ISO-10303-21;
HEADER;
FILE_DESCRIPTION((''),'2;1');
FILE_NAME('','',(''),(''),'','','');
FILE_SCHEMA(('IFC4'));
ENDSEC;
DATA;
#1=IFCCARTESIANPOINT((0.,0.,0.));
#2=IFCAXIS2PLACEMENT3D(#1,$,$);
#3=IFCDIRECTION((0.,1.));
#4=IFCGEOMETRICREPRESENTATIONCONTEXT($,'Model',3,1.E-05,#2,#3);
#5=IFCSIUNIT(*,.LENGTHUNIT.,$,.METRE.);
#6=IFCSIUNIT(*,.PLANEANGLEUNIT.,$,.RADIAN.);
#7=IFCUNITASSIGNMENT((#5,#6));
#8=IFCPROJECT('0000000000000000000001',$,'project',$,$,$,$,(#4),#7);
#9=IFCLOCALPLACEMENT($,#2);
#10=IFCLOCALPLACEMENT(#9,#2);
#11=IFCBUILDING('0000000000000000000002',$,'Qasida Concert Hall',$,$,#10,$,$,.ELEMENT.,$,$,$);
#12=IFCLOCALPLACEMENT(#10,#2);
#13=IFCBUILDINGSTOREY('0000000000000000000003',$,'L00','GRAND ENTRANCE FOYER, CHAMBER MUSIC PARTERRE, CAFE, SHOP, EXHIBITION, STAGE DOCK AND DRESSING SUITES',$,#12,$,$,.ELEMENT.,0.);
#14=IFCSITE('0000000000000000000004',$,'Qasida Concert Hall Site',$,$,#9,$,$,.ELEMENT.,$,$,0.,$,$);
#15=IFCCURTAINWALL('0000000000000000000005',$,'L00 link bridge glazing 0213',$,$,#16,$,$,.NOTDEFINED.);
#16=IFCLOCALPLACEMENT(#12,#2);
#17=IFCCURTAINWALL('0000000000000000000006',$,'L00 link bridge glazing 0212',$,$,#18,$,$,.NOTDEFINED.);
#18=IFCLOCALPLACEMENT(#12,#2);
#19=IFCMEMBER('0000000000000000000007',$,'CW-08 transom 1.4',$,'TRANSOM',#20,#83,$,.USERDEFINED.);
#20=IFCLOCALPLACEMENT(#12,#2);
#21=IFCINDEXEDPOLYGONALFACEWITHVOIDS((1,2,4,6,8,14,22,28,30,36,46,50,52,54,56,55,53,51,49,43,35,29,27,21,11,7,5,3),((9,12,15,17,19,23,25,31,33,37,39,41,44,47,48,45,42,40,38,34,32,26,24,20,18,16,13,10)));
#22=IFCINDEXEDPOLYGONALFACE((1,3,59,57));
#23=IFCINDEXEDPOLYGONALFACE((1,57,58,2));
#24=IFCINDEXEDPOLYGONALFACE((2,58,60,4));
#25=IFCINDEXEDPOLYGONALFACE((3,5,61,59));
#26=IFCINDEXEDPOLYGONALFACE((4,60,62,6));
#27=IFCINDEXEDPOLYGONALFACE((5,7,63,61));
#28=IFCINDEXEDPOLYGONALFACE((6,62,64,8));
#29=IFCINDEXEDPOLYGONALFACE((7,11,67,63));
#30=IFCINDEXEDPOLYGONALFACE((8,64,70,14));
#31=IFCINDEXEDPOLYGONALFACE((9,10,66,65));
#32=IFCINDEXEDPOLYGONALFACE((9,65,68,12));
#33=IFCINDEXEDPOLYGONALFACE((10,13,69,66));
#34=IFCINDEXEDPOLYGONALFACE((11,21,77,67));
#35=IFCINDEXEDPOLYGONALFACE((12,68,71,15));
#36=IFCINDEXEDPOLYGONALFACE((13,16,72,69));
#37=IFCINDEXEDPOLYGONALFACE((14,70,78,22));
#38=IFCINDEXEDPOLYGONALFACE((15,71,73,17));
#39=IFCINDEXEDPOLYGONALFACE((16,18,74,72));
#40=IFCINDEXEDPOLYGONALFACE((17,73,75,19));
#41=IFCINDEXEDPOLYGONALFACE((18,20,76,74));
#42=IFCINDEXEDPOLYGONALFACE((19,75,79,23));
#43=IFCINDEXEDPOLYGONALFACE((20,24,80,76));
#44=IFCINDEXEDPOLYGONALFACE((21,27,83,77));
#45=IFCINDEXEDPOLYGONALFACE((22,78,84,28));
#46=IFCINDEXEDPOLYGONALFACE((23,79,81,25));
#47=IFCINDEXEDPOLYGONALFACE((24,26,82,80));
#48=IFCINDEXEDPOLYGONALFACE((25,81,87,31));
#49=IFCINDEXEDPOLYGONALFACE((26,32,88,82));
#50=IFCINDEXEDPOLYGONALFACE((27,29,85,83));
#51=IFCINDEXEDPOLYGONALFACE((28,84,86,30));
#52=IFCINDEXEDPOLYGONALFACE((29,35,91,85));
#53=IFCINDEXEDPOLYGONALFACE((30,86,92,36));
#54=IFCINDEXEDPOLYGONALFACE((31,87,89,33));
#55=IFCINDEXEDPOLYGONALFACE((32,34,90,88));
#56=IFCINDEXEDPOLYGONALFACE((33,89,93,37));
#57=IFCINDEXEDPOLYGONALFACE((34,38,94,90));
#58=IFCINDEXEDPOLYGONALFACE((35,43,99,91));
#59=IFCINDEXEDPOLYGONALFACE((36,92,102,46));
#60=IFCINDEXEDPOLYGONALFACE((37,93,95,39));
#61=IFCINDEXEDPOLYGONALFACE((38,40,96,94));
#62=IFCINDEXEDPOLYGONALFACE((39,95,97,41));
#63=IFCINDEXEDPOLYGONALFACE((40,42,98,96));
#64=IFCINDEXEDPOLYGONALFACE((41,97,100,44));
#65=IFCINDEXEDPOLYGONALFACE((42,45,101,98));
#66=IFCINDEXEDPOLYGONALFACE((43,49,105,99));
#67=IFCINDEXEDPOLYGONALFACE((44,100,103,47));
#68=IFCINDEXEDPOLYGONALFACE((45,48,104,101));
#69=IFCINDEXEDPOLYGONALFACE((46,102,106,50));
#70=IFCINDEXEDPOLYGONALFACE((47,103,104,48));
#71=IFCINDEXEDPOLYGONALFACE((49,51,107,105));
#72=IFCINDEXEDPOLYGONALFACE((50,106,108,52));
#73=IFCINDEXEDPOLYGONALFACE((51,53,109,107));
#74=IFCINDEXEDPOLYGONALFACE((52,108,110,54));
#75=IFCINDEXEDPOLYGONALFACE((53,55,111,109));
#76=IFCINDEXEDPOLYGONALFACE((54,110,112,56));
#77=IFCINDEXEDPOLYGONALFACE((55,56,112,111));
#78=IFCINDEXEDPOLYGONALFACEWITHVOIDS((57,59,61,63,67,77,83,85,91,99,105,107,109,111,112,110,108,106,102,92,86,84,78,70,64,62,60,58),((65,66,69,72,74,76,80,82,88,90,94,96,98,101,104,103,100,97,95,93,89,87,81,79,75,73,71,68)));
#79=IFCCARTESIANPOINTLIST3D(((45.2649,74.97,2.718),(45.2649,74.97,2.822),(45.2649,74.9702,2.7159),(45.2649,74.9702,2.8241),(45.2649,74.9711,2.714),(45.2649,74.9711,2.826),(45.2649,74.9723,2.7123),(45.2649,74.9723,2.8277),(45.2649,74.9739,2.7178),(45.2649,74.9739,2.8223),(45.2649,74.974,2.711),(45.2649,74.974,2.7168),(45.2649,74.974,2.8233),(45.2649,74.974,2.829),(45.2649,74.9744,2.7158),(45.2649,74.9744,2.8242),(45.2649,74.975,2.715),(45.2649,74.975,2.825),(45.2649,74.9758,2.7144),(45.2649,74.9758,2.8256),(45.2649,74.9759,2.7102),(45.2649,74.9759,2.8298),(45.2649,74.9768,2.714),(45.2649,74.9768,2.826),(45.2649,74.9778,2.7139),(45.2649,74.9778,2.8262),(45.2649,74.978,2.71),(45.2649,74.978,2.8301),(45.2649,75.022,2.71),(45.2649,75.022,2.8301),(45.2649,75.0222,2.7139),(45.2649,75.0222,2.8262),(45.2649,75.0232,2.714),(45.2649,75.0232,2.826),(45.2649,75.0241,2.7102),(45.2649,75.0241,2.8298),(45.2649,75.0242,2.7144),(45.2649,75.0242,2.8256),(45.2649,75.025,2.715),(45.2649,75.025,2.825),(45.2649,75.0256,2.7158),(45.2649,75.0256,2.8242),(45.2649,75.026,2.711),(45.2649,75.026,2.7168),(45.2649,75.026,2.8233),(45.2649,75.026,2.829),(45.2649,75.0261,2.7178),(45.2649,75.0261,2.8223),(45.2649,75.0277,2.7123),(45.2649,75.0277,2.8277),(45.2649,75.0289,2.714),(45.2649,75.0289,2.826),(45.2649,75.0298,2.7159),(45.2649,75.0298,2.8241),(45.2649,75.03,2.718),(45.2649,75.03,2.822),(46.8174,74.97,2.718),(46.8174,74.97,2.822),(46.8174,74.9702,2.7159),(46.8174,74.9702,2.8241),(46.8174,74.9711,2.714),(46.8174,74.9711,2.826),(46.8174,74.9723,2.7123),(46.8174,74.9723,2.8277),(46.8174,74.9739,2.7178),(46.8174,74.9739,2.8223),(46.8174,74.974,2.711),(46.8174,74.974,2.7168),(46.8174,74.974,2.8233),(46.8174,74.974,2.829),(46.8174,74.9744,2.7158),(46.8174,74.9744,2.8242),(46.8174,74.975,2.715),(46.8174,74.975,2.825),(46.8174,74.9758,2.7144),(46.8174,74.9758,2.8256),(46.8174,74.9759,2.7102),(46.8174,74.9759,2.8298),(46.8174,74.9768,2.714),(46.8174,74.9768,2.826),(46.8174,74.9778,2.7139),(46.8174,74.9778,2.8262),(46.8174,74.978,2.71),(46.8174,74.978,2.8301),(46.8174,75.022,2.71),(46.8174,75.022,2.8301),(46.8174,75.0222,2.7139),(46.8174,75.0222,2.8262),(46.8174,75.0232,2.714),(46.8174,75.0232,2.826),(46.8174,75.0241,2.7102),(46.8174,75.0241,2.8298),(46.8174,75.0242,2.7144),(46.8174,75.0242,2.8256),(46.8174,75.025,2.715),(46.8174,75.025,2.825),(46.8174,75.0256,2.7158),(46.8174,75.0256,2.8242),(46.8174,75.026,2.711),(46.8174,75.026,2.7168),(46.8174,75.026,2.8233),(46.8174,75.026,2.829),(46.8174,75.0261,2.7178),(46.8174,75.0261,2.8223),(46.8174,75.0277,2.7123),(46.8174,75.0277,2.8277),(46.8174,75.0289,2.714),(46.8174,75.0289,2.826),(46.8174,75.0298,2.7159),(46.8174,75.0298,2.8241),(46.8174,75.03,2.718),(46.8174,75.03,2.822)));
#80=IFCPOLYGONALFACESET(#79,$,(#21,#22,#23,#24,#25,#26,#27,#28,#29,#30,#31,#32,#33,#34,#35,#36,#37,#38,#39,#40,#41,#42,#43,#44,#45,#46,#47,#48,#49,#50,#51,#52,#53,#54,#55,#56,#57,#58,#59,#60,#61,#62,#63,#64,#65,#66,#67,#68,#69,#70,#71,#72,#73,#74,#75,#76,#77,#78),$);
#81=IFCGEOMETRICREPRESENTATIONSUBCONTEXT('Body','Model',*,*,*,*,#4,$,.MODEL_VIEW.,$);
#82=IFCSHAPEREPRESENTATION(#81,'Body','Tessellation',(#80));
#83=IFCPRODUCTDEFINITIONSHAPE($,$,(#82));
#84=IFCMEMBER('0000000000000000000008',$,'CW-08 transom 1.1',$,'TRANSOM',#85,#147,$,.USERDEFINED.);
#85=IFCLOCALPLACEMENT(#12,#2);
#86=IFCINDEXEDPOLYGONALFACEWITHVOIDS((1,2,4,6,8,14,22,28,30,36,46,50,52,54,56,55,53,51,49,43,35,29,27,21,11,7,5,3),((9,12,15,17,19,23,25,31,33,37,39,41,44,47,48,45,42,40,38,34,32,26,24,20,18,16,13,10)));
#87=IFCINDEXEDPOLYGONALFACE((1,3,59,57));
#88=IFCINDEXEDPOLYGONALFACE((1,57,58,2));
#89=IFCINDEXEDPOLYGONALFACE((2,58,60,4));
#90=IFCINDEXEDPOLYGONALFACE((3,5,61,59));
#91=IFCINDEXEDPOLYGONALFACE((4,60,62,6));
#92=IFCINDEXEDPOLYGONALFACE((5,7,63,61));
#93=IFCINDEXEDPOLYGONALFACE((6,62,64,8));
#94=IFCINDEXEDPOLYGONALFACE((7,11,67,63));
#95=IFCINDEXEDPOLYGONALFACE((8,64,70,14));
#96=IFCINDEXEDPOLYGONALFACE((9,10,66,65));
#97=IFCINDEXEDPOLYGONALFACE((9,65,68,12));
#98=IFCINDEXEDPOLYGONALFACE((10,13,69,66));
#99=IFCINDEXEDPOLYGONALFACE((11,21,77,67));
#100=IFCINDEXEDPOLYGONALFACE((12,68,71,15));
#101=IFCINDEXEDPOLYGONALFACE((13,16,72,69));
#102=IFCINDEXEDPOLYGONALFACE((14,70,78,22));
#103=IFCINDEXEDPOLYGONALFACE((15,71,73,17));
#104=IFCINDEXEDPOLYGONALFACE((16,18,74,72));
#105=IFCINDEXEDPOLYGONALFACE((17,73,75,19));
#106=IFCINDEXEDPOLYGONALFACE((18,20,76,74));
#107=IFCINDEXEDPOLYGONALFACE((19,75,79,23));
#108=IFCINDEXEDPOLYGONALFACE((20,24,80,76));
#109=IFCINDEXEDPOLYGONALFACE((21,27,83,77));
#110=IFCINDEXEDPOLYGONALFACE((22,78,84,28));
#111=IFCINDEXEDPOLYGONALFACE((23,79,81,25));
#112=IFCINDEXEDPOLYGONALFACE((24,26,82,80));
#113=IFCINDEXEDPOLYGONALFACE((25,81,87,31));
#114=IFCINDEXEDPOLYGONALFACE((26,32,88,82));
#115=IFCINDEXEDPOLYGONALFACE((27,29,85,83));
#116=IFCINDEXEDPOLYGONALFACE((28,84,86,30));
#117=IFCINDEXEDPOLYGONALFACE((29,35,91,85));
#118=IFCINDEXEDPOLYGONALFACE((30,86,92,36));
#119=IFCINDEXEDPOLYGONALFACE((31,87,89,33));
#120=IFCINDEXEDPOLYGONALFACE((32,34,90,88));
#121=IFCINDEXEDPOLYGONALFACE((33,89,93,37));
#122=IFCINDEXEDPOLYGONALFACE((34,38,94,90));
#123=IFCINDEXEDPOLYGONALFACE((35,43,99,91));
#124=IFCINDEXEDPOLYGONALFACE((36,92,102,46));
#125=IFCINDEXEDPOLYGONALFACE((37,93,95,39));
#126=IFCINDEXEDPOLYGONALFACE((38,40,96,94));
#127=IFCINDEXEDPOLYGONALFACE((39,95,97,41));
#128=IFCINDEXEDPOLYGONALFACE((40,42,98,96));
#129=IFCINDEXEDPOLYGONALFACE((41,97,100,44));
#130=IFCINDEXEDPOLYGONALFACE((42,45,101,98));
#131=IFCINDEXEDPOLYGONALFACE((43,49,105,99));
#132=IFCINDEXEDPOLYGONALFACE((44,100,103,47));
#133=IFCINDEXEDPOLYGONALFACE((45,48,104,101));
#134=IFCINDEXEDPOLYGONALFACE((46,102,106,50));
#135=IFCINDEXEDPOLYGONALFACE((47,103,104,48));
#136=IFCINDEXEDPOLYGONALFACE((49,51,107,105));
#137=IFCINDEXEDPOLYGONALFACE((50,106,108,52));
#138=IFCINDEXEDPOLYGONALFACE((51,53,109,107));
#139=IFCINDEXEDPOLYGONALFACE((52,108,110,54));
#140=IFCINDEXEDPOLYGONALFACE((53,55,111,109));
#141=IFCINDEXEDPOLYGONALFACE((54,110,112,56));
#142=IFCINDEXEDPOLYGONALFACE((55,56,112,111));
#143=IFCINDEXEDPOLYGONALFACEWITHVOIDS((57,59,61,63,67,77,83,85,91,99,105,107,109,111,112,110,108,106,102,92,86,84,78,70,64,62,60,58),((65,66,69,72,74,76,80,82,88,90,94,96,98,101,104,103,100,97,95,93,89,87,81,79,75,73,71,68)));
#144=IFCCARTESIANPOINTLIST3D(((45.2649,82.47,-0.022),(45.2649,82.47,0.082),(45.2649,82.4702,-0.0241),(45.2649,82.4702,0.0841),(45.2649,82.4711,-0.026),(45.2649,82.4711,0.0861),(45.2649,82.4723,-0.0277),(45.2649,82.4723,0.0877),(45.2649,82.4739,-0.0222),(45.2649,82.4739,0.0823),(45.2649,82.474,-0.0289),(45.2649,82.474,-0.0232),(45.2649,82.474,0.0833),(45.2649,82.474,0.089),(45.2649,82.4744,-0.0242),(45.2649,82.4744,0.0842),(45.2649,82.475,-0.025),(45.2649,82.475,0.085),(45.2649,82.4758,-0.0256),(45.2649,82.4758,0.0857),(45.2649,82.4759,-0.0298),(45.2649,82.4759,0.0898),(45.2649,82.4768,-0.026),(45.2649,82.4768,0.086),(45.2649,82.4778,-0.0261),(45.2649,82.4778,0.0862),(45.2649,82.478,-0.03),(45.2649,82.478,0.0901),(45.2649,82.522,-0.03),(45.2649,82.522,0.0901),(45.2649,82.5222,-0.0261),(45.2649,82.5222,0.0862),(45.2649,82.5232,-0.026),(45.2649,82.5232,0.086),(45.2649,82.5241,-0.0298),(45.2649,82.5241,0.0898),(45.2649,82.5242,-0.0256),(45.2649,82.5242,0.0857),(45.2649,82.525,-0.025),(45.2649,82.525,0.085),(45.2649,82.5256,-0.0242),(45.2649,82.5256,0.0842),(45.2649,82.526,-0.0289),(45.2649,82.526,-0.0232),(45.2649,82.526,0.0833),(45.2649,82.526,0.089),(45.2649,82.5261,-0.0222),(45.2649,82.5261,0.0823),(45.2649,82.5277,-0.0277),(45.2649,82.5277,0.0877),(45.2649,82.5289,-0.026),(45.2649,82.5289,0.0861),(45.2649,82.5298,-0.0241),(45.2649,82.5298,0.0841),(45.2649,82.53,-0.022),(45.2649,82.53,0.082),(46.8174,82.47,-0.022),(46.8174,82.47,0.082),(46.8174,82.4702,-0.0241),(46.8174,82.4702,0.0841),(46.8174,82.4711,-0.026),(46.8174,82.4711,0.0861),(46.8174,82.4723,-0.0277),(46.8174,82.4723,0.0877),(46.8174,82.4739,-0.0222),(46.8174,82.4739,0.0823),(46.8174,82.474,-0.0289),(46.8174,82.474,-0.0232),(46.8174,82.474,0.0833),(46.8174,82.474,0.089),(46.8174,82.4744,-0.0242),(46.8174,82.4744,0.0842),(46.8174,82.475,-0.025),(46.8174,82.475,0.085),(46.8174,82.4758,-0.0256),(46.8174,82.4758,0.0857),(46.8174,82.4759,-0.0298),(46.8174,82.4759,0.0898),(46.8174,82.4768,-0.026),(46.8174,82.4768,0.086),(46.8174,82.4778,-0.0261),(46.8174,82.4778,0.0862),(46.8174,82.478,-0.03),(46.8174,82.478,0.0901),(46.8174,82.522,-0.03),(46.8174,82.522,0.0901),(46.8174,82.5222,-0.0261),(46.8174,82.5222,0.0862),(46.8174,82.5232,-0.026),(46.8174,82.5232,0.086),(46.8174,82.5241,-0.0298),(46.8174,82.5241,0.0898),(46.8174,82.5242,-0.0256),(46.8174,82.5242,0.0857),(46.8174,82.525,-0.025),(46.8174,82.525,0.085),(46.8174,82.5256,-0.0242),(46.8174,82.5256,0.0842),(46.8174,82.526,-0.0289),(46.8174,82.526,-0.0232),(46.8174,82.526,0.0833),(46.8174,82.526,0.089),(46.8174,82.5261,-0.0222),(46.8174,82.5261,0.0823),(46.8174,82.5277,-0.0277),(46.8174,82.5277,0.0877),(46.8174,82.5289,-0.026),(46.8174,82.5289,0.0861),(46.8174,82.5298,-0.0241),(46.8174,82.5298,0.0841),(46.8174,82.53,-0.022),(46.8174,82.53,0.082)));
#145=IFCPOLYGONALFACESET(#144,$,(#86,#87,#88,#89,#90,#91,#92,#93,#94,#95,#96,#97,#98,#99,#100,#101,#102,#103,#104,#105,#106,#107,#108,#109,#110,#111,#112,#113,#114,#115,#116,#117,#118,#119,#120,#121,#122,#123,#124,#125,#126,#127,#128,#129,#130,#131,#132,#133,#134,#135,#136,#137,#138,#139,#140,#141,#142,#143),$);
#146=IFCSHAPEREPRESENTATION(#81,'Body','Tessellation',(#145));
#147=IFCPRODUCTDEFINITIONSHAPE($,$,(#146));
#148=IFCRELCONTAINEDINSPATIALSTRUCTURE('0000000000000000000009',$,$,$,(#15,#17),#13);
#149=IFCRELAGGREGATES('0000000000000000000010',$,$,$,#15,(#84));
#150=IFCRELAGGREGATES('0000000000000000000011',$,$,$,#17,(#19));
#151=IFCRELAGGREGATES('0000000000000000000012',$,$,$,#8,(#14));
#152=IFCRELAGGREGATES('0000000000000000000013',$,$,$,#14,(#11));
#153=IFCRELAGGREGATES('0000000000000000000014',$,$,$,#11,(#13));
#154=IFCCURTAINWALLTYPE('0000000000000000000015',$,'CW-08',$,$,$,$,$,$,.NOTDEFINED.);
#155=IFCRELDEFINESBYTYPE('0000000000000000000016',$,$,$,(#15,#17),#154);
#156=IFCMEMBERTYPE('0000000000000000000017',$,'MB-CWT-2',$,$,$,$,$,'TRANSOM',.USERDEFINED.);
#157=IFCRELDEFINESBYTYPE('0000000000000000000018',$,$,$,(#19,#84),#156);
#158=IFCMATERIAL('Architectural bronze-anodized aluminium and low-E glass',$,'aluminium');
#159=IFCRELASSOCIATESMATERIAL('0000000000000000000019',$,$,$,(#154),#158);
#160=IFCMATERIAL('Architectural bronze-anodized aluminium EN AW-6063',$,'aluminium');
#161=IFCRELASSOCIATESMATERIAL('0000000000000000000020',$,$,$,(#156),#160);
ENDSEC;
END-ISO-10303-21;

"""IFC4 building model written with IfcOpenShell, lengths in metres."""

from ifc_helpers import new_model, si_unit, direction, frame, origin, origin_2d, place, context, subcontext, project, spatial, hollow_rectangle, extrude, material, material_profile, profile_set, type_object, element, aggregate, save


model = new_model("IFC4")

# Units and contexts
model_context = context("Model", 3, precision=1e-05, world=origin(), true_north=direction((0.0, 1.0)))
body_context = subcontext(model_context, "Body", "Model", "MODEL_VIEW")
ifc_project = project(units=[si_unit("LENGTHUNIT", "METRE"), si_unit("PLANEANGLEUNIT", "RADIAN")], contexts=[model_context])

# Site, building, storey
site_placement = place(None, origin())
site = spatial("IfcSite", under=ifc_project, at=site_placement, Name="Qasida Concert Hall Site", CompositionType="ELEMENT", RefElevation=0.0)
building_placement = place(site_placement, origin())
building = spatial("IfcBuilding", under=site, at=building_placement, Name="Qasida Concert Hall", CompositionType="ELEMENT")
storey_placement = place(building_placement, origin())
storey = spatial("IfcBuildingStorey", under=building, at=storey_placement, Name="L00", Description="GRAND ENTRANCE FOYER, CHAMBER MUSIC PARTERRE, CAFE, SHOP, EXHIBITION, STAGE DOCK AND DRESSING SUITES", CompositionType="ELEMENT", Elevation=0.0)

# Shared definitions
ifc_material_1 = material(Name="Architectural bronze-anodized aluminium and low-E glass", Category="aluminium")
curtain_wall_type = type_object("IfcCurtainWallType", Name="CW-08", PredefinedType="NOTDEFINED", material=ifc_material_1)
ifc_material_2 = material(Name="Architectural bronze-anodized aluminium EN AW-6063", Category="aluminium")

# Curtain wall
curtain_wall_1_placement = place(storey_placement, origin())
curtain_wall_1 = element("IfcCurtainWall", 1, at=curtain_wall_1_placement, inside=storey, type_object=curtain_wall_type, Name="L00 link bridge glazing 0213", PredefinedType="NOTDEFINED")

# Shared definitions
ifc_material_profile_1 = material_profile(ifc_material_2, hollow_rectangle(XDim=0.0601, YDim=0.1201, WallThickness=0.0039, InnerFilletRadius=0.0039, OuterFilletRadius=0.0081, at=origin_2d()), Name="CWT 120x60x4")
ifc_profile_set_1 = profile_set([ifc_material_profile_1], Name="Architectural bronze-anodized aluminium EN AW-6063")
member_type_1 = type_object("IfcMemberType", Name="MB-CWT-2", ElementType="TRANSOM", PredefinedType="USERDEFINED", material=ifc_profile_set_1)

# Curtain wall, member
curtain_wall_2_placement = place(storey_placement, origin())
curtain_wall_2 = element("IfcCurtainWall", 2, at=curtain_wall_2_placement, inside=storey, type_object=curtain_wall_type, Name="L00 link bridge glazing 0212", PredefinedType="NOTDEFINED")
member_1_placement = place(storey_placement, frame((45.2649, 75.0, 2.77), z_axis=(1.0, 0.0, 0.0), x_axis=(0.0, 1.0, 0.0)))
member_1 = element("IfcMember", 3, at=member_1_placement, type_object=member_type_1, Name="CW-08 transom 1.4", ObjectType="TRANSOM", PredefinedType="USERDEFINED", context=body_context, shape_type="SweptSolid", body=[
    extrude(hollow_rectangle(XDim=0.0601, YDim=0.1201, WallThickness=0.0039, InnerFilletRadius=0.0039, OuterFilletRadius=0.0081, at=origin_2d()), origin(), (0.0, 0.0, 1.0), 1.5525),
])

# Member
member_2_placement = place(storey_placement, frame((45.2649, 82.5, 0.03), z_axis=(1.0, 0.0, 0.0), x_axis=(0.0, 1.0, 0.0)))
member_2 = element("IfcMember", 4, at=member_2_placement, type_object=member_type_1, Name="CW-08 transom 1.1", ObjectType="TRANSOM", PredefinedType="USERDEFINED", context=body_context, shape_type="SweptSolid", body=[
    extrude(hollow_rectangle(XDim=0.0601, YDim=0.1201, WallThickness=0.0039, InnerFilletRadius=0.0039, OuterFilletRadius=0.0081, at=origin_2d()), origin(), (0.0, 0.0, 1.0), 1.5525),
])
aggregate(curtain_wall_1, [member_2])

aggregate(curtain_wall_2, [member_1])

save(model, "model.ifc")
